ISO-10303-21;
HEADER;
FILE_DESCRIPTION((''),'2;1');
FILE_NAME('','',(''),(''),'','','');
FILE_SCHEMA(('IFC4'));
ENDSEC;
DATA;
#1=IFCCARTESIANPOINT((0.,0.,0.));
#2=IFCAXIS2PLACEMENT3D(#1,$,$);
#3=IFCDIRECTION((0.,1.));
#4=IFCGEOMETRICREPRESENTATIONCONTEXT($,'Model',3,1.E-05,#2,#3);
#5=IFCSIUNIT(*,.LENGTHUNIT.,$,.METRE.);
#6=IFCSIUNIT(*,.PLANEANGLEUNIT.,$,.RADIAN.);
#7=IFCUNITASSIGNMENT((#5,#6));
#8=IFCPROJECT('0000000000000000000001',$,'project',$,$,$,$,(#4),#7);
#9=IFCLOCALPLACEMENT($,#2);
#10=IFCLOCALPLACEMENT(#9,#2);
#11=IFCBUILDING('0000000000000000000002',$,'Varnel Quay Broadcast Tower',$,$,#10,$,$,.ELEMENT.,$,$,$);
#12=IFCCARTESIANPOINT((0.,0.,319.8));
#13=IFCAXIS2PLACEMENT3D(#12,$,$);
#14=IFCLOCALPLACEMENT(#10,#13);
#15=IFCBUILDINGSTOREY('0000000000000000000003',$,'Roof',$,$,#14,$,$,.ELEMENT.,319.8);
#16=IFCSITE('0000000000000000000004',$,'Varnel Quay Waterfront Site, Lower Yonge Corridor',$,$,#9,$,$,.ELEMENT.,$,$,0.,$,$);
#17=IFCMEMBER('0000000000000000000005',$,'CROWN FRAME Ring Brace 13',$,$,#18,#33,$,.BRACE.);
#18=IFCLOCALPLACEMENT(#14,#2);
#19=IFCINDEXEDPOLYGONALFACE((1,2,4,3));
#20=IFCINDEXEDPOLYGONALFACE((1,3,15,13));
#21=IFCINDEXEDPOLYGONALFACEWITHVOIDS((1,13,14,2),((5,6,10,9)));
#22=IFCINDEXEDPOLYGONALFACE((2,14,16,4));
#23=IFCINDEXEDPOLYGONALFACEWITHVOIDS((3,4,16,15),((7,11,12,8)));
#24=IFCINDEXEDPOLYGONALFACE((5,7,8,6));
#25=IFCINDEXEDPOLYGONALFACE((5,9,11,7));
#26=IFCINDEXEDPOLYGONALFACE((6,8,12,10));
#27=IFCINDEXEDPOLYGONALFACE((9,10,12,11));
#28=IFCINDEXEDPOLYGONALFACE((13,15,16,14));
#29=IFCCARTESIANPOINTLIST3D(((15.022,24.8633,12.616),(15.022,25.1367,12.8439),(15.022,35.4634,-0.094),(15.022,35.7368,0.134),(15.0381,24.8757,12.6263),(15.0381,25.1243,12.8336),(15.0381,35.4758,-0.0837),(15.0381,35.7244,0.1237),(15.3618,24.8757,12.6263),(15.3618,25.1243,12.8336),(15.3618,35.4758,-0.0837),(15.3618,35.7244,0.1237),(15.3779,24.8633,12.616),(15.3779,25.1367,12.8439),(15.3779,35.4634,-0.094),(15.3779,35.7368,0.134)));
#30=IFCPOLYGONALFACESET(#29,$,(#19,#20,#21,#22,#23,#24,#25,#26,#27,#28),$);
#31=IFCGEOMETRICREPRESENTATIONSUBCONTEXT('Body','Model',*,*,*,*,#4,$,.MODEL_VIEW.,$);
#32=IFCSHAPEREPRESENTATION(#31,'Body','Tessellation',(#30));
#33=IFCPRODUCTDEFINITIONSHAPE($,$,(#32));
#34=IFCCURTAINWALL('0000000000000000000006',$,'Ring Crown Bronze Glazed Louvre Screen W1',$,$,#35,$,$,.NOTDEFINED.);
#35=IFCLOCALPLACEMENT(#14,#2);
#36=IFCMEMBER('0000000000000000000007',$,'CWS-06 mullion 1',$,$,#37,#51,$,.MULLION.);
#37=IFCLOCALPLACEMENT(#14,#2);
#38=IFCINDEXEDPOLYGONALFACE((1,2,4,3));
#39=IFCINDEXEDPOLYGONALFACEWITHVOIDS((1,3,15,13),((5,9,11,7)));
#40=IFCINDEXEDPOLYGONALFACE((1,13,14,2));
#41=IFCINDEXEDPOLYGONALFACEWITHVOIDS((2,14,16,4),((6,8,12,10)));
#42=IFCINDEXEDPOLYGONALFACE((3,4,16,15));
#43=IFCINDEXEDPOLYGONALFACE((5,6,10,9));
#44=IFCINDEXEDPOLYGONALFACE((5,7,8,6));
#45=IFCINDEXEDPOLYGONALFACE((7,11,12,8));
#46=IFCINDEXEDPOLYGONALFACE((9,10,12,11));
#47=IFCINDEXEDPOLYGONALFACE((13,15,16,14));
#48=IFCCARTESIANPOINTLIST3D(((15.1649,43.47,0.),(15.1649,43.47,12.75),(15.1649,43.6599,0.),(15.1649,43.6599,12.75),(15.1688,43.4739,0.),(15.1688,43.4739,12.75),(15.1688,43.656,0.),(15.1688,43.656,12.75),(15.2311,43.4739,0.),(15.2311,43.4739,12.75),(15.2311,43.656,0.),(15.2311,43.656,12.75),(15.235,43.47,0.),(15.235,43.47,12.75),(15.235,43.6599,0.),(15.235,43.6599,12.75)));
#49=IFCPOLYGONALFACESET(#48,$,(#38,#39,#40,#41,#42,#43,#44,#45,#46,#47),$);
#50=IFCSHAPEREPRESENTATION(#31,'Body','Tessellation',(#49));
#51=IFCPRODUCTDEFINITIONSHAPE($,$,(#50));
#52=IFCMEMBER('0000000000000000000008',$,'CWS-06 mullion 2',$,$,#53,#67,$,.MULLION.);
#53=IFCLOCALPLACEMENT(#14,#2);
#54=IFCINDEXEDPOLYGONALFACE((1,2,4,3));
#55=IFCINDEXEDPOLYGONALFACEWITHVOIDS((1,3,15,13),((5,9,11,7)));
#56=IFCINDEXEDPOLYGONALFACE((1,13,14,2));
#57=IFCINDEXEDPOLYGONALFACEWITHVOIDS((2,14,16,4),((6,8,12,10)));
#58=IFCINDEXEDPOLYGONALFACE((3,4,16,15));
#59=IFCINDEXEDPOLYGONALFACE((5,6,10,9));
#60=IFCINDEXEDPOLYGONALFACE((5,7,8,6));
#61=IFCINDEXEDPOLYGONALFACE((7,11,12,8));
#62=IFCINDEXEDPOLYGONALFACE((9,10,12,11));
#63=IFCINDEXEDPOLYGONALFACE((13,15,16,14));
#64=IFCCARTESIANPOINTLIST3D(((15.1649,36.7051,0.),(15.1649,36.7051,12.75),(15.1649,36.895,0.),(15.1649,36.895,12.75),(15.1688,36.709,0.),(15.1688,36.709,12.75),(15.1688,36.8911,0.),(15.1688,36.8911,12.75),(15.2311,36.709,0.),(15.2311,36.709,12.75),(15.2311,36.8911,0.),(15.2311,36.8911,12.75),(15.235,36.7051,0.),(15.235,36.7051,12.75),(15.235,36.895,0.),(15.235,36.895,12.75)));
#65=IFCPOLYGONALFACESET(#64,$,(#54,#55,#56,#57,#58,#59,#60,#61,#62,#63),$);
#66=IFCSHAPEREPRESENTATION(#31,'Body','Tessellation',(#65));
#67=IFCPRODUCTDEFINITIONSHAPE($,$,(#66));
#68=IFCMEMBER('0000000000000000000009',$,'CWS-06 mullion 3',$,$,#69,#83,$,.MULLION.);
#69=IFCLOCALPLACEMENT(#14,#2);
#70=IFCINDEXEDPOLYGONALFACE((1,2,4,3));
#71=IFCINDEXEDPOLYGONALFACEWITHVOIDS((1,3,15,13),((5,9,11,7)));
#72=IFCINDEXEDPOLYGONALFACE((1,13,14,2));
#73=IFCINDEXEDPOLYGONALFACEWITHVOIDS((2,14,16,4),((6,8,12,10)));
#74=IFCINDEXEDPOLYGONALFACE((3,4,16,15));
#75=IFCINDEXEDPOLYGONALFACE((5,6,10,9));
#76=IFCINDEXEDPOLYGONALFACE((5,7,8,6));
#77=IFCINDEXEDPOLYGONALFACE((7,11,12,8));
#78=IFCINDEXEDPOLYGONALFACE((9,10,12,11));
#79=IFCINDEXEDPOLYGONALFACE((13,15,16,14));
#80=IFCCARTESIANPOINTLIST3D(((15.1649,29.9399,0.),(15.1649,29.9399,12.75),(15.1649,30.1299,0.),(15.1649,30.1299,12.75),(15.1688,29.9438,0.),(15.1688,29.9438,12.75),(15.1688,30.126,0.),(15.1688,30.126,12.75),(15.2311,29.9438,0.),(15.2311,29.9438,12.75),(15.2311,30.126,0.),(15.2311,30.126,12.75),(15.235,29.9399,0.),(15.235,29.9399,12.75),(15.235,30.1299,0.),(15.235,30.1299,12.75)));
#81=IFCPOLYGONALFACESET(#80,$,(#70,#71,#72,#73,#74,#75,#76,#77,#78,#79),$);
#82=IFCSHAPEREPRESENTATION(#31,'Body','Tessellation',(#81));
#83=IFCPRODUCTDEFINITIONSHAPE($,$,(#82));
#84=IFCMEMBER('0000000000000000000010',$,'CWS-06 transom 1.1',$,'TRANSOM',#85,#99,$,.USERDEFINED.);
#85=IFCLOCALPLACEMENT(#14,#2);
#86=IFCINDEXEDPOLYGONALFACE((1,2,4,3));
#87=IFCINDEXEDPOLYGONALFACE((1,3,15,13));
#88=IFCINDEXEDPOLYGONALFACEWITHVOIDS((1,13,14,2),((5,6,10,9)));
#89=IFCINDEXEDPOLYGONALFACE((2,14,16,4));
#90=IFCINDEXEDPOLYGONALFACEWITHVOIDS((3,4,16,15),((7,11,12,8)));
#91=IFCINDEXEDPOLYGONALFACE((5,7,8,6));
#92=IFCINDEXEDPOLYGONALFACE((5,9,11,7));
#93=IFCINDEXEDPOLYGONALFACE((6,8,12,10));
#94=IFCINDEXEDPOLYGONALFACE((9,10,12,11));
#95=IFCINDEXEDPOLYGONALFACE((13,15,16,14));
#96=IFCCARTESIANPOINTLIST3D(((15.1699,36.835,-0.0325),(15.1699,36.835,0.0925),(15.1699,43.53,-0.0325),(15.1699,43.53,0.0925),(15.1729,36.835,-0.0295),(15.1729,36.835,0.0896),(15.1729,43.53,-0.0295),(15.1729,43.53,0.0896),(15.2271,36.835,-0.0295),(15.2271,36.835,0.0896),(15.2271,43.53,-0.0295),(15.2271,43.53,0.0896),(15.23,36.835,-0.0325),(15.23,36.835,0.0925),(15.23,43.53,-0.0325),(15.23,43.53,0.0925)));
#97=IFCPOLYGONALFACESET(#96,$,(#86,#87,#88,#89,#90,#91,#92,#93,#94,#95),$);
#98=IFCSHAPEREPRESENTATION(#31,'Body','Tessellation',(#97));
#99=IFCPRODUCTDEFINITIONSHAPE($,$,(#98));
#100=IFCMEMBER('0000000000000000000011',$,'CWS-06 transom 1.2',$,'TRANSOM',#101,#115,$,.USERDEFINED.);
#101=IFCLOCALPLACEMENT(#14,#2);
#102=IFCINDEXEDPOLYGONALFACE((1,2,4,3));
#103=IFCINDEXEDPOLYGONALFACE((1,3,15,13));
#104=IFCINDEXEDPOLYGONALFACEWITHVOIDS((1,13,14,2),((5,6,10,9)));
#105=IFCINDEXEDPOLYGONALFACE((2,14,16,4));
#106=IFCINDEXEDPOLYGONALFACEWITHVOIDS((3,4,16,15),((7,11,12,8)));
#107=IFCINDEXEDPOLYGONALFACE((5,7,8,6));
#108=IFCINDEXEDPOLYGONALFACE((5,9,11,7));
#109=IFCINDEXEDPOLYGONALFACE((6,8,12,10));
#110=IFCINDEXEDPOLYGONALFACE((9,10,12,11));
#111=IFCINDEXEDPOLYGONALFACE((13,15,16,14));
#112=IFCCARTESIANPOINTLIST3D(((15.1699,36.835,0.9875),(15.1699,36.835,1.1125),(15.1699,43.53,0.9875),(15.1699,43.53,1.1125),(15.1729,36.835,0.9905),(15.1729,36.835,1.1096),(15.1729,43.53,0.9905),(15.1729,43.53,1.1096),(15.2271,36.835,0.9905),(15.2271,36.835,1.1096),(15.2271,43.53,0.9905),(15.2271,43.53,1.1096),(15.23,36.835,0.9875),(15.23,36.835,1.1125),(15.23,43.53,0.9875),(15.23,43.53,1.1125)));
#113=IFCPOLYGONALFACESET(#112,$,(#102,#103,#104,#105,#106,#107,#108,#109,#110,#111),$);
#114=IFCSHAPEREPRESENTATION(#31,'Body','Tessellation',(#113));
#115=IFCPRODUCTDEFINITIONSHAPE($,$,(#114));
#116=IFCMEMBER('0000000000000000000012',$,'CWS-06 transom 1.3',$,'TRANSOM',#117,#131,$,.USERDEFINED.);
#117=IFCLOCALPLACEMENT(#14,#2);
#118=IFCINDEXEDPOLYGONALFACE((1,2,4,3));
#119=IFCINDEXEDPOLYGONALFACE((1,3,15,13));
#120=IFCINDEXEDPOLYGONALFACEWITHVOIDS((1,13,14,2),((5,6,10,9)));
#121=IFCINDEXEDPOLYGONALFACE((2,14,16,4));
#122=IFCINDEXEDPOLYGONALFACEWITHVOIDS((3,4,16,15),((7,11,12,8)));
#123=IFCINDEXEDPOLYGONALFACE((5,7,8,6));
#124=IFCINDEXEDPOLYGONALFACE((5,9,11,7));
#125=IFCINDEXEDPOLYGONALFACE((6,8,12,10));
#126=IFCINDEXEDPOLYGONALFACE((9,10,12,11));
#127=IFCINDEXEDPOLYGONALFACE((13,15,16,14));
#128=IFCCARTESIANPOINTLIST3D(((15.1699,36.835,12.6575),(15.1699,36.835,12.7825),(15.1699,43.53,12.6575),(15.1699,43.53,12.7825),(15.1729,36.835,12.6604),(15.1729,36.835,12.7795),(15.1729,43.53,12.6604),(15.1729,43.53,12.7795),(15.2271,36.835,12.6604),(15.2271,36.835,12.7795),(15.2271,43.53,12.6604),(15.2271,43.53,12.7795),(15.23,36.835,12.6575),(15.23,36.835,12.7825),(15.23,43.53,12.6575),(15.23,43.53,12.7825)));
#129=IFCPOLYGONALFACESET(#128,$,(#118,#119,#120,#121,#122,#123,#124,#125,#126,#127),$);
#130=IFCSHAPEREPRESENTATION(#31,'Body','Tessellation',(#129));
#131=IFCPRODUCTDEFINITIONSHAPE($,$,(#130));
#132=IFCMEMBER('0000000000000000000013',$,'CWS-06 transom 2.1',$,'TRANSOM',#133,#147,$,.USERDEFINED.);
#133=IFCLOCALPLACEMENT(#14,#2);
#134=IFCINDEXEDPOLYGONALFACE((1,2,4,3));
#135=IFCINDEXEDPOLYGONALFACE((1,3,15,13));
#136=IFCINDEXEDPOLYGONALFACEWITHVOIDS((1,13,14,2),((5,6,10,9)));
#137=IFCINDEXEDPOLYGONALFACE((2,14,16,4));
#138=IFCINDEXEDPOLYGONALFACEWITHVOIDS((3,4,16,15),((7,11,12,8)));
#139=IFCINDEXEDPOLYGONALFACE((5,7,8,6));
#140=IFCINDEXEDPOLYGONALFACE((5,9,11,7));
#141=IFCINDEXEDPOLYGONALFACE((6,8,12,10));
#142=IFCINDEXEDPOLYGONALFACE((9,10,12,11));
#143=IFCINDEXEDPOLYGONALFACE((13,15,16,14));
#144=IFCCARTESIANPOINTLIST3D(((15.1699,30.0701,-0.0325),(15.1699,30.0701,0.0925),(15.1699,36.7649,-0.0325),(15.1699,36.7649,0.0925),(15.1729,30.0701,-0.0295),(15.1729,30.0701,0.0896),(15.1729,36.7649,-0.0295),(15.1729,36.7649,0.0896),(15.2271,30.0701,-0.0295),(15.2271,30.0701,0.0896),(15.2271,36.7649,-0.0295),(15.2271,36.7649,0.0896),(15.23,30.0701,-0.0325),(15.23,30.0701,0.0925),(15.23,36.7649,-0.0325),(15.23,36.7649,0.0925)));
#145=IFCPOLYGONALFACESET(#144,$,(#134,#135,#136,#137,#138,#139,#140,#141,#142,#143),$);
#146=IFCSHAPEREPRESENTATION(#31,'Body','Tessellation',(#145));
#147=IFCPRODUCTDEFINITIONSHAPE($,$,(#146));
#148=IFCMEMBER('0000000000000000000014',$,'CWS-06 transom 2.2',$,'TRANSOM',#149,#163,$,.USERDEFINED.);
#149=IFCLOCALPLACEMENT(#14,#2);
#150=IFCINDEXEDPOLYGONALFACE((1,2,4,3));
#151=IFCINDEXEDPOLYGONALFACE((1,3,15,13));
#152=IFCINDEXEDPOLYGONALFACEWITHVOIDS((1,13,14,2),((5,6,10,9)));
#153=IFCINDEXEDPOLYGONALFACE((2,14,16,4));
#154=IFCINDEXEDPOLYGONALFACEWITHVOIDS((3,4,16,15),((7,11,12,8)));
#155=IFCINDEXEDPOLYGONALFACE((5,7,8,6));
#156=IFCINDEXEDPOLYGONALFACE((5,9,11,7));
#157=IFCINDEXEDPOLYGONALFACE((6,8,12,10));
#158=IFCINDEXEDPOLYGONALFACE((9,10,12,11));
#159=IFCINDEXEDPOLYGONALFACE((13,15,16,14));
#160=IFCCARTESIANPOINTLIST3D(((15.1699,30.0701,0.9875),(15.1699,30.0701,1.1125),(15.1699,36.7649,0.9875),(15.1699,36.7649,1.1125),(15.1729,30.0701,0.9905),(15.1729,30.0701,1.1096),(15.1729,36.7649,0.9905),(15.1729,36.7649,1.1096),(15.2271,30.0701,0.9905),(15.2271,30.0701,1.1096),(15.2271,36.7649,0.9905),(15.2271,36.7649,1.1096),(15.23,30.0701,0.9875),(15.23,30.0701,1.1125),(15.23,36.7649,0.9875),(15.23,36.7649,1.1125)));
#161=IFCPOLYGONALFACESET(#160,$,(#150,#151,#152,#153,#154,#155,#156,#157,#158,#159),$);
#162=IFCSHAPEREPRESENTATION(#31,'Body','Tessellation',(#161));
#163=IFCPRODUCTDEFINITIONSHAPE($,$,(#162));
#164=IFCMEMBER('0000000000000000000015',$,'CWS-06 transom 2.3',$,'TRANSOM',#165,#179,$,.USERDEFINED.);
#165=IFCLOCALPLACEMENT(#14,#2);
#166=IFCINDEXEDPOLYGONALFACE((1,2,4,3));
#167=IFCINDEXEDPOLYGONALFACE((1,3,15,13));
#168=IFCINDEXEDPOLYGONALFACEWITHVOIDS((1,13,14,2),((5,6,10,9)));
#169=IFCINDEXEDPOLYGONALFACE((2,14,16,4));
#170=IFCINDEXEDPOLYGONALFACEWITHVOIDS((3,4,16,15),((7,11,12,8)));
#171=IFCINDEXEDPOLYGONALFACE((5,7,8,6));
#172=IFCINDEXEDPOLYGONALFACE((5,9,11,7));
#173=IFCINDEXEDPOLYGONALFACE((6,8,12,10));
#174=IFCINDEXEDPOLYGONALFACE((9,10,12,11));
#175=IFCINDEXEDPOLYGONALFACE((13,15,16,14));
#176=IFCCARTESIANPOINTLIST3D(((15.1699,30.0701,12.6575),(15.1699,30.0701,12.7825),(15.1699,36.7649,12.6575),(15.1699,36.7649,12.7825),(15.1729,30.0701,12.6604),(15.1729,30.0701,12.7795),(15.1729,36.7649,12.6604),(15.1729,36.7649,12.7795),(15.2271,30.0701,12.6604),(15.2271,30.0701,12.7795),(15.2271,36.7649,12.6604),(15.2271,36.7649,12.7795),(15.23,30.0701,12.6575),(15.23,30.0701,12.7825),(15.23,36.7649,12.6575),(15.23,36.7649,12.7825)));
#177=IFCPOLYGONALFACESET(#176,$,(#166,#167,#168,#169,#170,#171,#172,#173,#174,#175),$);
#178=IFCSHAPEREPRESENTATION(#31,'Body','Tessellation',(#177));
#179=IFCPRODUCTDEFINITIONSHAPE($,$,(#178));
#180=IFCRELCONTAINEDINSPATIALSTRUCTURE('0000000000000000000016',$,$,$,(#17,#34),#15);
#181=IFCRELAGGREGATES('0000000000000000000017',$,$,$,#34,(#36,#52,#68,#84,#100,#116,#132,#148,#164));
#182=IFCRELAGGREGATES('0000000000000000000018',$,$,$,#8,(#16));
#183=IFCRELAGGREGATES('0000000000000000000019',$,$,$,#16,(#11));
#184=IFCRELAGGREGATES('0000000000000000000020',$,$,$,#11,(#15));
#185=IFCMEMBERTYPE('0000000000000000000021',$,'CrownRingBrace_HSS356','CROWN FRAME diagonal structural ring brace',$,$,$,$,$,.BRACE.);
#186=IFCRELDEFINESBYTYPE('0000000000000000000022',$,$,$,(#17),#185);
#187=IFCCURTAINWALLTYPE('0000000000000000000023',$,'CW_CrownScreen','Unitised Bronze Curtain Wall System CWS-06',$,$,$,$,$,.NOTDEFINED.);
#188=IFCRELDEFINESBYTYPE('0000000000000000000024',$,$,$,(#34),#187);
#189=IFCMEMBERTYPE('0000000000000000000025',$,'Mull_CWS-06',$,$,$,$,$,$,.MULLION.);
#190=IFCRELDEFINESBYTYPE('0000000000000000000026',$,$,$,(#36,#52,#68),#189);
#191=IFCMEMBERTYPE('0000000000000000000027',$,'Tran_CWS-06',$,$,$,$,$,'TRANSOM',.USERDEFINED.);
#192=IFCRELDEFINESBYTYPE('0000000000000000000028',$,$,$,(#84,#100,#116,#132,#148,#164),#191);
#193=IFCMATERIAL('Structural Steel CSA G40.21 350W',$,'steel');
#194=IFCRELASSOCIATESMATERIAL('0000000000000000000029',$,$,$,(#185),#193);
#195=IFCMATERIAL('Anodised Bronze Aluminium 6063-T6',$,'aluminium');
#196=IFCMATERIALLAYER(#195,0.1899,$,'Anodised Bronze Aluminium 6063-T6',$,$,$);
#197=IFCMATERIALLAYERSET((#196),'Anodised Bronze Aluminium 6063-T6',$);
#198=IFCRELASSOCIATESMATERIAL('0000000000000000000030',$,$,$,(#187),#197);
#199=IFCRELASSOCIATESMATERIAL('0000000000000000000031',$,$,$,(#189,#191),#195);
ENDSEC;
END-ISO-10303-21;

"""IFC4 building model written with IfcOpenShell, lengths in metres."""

from ifc_helpers import new_model, si_unit, direction, frame, origin, origin_2d, place, context, subcontext, project, spatial, hollow_rectangle, extrude, source, transform, mapped, material, layer, layer_set, material_profile, profile_set, type_object, type_shapes, element, aggregate, save


model = new_model("IFC4")

# Units and contexts
model_context = context("Model", 3, precision=1e-05, world=origin(), true_north=direction((0.0, 1.0)))
body_context = subcontext(model_context, "Body", "Model", "MODEL_VIEW")
ifc_project = project(units=[si_unit("LENGTHUNIT", "METRE"), si_unit("PLANEANGLEUNIT", "RADIAN")], contexts=[model_context])

# Site, building, storey
site_placement = place(None, origin())
site = spatial("IfcSite", under=ifc_project, at=site_placement, Name="Varnel Quay Waterfront Site, Lower Yonge Corridor", CompositionType="ELEMENT", RefElevation=0.0)
building_placement = place(site_placement, origin())
building = spatial("IfcBuilding", under=site, at=building_placement, Name="Varnel Quay Broadcast Tower", CompositionType="ELEMENT")
storey_placement = place(building_placement, frame((0.0, 0.0, 319.8)))
storey = spatial("IfcBuildingStorey", under=building, at=storey_placement, Name="Roof", CompositionType="ELEMENT", Elevation=319.8)

# Member
ifc_material_1 = material(Name="Structural Steel CSA G40.21 350W", Category="steel")
ifc_material_profile_1 = material_profile(ifc_material_1, hollow_rectangle(XDim=0.356, YDim=0.356, WallThickness=0.0161, at=origin_2d()), Name="HSS356X356X16")
ifc_profile_set_1 = profile_set([ifc_material_profile_1], Name="Structural Steel CSA G40.21 350W")
member_type_1 = type_object("IfcMemberType", Name="CrownRingBrace_HSS356", Description="CROWN FRAME diagonal structural ring brace", PredefinedType="BRACE", material=ifc_profile_set_1)
shared_shape_1 = source(origin(), body_context, "Body", "SweptSolid", [
    extrude(hollow_rectangle(XDim=0.356, YDim=0.356, WallThickness=0.0161, at=origin_2d()), origin(), (0.0, 0.0, 1.0), 16.55),
])
type_shapes(member_type_1, [shared_shape_1])
member_1_placement = place(storey_placement, frame((15.2, 35.6001, 0.02), z_axis=(0.0, -0.640486, 0.76797), x_axis=(1.0, 0.0, 0.0)))
element("IfcMember", 1, at=member_1_placement, inside=storey, type_object=member_type_1, Name="CROWN FRAME Ring Brace 13", PredefinedType="BRACE", context=body_context, shape_type="MappedRepresentation", body=[
    mapped(shared_shape_1, transform((0.0, 0.0, 0.0), x_axis=(1.0, 0.0, 0.0), y_axis=(0.0, 1.0, 0.0), z_axis=(0.0, 0.0, 1.0), scale=1.0)),
])

# Curtain wall, members
ifc_material_2 = material(Name="Anodised Bronze Aluminium 6063-T6", Category="aluminium")
ifc_layer_1 = layer(ifc_material_2, 0.1899, Name="Anodised Bronze Aluminium 6063-T6")
ifc_layer_set_1 = layer_set([ifc_layer_1], Name="Anodised Bronze Aluminium 6063-T6")
curtain_wall_type = type_object("IfcCurtainWallType", Name="CW_CrownScreen", Description="Unitised Bronze Curtain Wall System CWS-06", PredefinedType="NOTDEFINED", material=ifc_layer_set_1)
curtain_wall_placement = place(storey_placement, origin())
curtain_wall = element("IfcCurtainWall", 2, at=curtain_wall_placement, inside=storey, type_object=curtain_wall_type, Name="Ring Crown Bronze Glazed Louvre Screen W1", PredefinedType="NOTDEFINED")
ifc_material_profile_2 = material_profile(ifc_material_2, hollow_rectangle(XDim=0.0701, YDim=0.1899, WallThickness=0.0039, at=origin_2d()), Name="ALU70X190X4")
ifc_profile_set_2 = profile_set([ifc_material_profile_2], Name="Anodised Bronze Aluminium 6063-T6")
member_type_2 = type_object("IfcMemberType", Name="Mull_CWS-06", PredefinedType="MULLION", material=ifc_profile_set_2)
shared_shape_2 = source(origin(), body_context, "Body", "SweptSolid", [
    extrude(hollow_rectangle(XDim=0.0701, YDim=0.1899, WallThickness=0.0039, at=origin_2d()), origin(), (0.0, 0.0, 1.0), 12.75),
])
type_shapes(member_type_2, [shared_shape_2])
member_2_placement = place(storey_placement, frame((15.2, 43.5649, 0.0), z_axis=(0.0, 0.0, 1.0), x_axis=(1.0, 0.0, 0.0)))
member_2 = element("IfcMember", 3, at=member_2_placement, type_object=member_type_2, Name="CWS-06 mullion 1", PredefinedType="MULLION", context=body_context, shape_type="MappedRepresentation", body=[
    mapped(shared_shape_2, transform((0.0, 0.0, 0.0), x_axis=(1.0, 0.0, 0.0), y_axis=(0.0, 1.0, 0.0), z_axis=(0.0, 0.0, 1.0), scale=1.0)),
])
member_3_placement = place(storey_placement, frame((15.2, 36.8, 0.0), z_axis=(0.0, 0.0, 1.0), x_axis=(1.0, 0.0, 0.0)))
member_3 = element("IfcMember", 4, at=member_3_placement, type_object=member_type_2, Name="CWS-06 mullion 2", PredefinedType="MULLION", context=body_context, shape_type="MappedRepresentation", body=[
    mapped(shared_shape_2, transform((0.0, 0.0, 0.0), x_axis=(1.0, 0.0, 0.0), y_axis=(0.0, 1.0, 0.0), z_axis=(0.0, 0.0, 1.0), scale=1.0)),
])
member_4_placement = place(storey_placement, frame((15.2, 30.0349, 0.0), z_axis=(0.0, 0.0, 1.0), x_axis=(1.0, 0.0, 0.0)))
member_4 = element("IfcMember", 5, at=member_4_placement, type_object=member_type_2, Name="CWS-06 mullion 3", PredefinedType="MULLION", context=body_context, shape_type="MappedRepresentation", body=[
    mapped(shared_shape_2, transform((0.0, 0.0, 0.0), x_axis=(1.0, 0.0, 0.0), y_axis=(0.0, 1.0, 0.0), z_axis=(0.0, 0.0, 1.0), scale=1.0)),
])
ifc_material_profile_3 = material_profile(ifc_material_2, hollow_rectangle(XDim=0.0601, YDim=0.125, WallThickness=0.0029, at=origin_2d()), Name="ALU60X125X3")
ifc_profile_set_3 = profile_set([ifc_material_profile_3], Name="Anodised Bronze Aluminium 6063-T6")
member_type_3 = type_object("IfcMemberType", Name="Tran_CWS-06", ElementType="TRANSOM", PredefinedType="USERDEFINED", material=ifc_profile_set_3)
shared_shape_3 = source(origin(), body_context, "Body", "SweptSolid", [
    extrude(hollow_rectangle(XDim=0.0601, YDim=0.125, WallThickness=0.0029, at=origin_2d()), origin(), (0.0, 0.0, 1.0), 6.6951),
])
member_5_placement = place(storey_placement, frame((15.2, 43.53, 0.03), z_axis=(0.0, -1.0, 0.0), x_axis=(1.0, 0.0, 0.0)))
member_5 = element("IfcMember", 6, at=member_5_placement, type_object=member_type_3, Name="CWS-06 transom 1.1", ObjectType="TRANSOM", PredefinedType="USERDEFINED", context=body_context, shape_type="MappedRepresentation", body=[
    mapped(shared_shape_3, transform((0.0, 0.0, 0.0), x_axis=(1.0, 0.0, 0.0), y_axis=(0.0, 1.0, 0.0), z_axis=(0.0, 0.0, 1.0), scale=1.0)),
])
member_6_placement = place(storey_placement, frame((15.2, 43.53, 1.05), z_axis=(0.0, -1.0, 0.0), x_axis=(1.0, 0.0, 0.0)))
member_6 = element("IfcMember", 7, at=member_6_placement, type_object=member_type_3, Name="CWS-06 transom 1.2", ObjectType="TRANSOM", PredefinedType="USERDEFINED", context=body_context, shape_type="MappedRepresentation", body=[
    mapped(shared_shape_3, transform((0.0, 0.0, 0.0), x_axis=(1.0, 0.0, 0.0), y_axis=(0.0, 1.0, 0.0), z_axis=(0.0, 0.0, 1.0), scale=1.0)),
])
member_7_placement = place(storey_placement, frame((15.2, 43.53, 12.72), z_axis=(0.0, -1.0, 0.0), x_axis=(1.0, 0.0, 0.0)))
member_7 = element("IfcMember", 8, at=member_7_placement, type_object=member_type_3, Name="CWS-06 transom 1.3", ObjectType="TRANSOM", PredefinedType="USERDEFINED", context=body_context, shape_type="MappedRepresentation", body=[
    mapped(shared_shape_3, transform((0.0, 0.0, 0.0), x_axis=(1.0, 0.0, 0.0), y_axis=(0.0, 1.0, 0.0), z_axis=(0.0, 0.0, 1.0), scale=1.0)),
])
shared_shape_4 = source(origin(), body_context, "Body", "SweptSolid", [
    extrude(hollow_rectangle(XDim=0.0601, YDim=0.125, WallThickness=0.0029, at=origin_2d()), origin(), (0.0, 0.0, 1.0), 6.6948),
])
type_shapes(member_type_3, [shared_shape_3, shared_shape_4])
member_8_placement = place(storey_placement, frame((15.2, 36.7649, 0.03), z_axis=(0.0, -1.0, 0.0), x_axis=(1.0, 0.0, 0.0)))
member_8 = element("IfcMember", 9, at=member_8_placement, type_object=member_type_3, Name="CWS-06 transom 2.1", ObjectType="TRANSOM", PredefinedType="USERDEFINED", context=body_context, shape_type="MappedRepresentation", body=[
    mapped(shared_shape_4, transform((0.0, 0.0, 0.0), x_axis=(1.0, 0.0, 0.0), y_axis=(0.0, 1.0, 0.0), z_axis=(0.0, 0.0, 1.0), scale=1.0)),
])
member_9_placement = place(storey_placement, frame((15.2, 36.7649, 1.05), z_axis=(0.0, -1.0, 0.0), x_axis=(1.0, 0.0, 0.0)))
member_9 = element("IfcMember", 10, at=member_9_placement, type_object=member_type_3, Name="CWS-06 transom 2.2", ObjectType="TRANSOM", PredefinedType="USERDEFINED", context=body_context, shape_type="MappedRepresentation", body=[
    mapped(shared_shape_4, transform((0.0, 0.0, 0.0), x_axis=(1.0, 0.0, 0.0), y_axis=(0.0, 1.0, 0.0), z_axis=(0.0, 0.0, 1.0), scale=1.0)),
])
member_10_placement = place(storey_placement, frame((15.2, 36.7649, 12.72), z_axis=(0.0, -1.0, 0.0), x_axis=(1.0, 0.0, 0.0)))
member_10 = element("IfcMember", 11, at=member_10_placement, type_object=member_type_3, Name="CWS-06 transom 2.3", ObjectType="TRANSOM", PredefinedType="USERDEFINED", context=body_context, shape_type="MappedRepresentation", body=[
    mapped(shared_shape_4, transform((0.0, 0.0, 0.0), x_axis=(1.0, 0.0, 0.0), y_axis=(0.0, 1.0, 0.0), z_axis=(0.0, 0.0, 1.0), scale=1.0)),
])

aggregate(curtain_wall, [member_2, member_3, member_4, member_5, member_6, member_7, member_8, member_9, member_10])

save(model, "model.ifc")
